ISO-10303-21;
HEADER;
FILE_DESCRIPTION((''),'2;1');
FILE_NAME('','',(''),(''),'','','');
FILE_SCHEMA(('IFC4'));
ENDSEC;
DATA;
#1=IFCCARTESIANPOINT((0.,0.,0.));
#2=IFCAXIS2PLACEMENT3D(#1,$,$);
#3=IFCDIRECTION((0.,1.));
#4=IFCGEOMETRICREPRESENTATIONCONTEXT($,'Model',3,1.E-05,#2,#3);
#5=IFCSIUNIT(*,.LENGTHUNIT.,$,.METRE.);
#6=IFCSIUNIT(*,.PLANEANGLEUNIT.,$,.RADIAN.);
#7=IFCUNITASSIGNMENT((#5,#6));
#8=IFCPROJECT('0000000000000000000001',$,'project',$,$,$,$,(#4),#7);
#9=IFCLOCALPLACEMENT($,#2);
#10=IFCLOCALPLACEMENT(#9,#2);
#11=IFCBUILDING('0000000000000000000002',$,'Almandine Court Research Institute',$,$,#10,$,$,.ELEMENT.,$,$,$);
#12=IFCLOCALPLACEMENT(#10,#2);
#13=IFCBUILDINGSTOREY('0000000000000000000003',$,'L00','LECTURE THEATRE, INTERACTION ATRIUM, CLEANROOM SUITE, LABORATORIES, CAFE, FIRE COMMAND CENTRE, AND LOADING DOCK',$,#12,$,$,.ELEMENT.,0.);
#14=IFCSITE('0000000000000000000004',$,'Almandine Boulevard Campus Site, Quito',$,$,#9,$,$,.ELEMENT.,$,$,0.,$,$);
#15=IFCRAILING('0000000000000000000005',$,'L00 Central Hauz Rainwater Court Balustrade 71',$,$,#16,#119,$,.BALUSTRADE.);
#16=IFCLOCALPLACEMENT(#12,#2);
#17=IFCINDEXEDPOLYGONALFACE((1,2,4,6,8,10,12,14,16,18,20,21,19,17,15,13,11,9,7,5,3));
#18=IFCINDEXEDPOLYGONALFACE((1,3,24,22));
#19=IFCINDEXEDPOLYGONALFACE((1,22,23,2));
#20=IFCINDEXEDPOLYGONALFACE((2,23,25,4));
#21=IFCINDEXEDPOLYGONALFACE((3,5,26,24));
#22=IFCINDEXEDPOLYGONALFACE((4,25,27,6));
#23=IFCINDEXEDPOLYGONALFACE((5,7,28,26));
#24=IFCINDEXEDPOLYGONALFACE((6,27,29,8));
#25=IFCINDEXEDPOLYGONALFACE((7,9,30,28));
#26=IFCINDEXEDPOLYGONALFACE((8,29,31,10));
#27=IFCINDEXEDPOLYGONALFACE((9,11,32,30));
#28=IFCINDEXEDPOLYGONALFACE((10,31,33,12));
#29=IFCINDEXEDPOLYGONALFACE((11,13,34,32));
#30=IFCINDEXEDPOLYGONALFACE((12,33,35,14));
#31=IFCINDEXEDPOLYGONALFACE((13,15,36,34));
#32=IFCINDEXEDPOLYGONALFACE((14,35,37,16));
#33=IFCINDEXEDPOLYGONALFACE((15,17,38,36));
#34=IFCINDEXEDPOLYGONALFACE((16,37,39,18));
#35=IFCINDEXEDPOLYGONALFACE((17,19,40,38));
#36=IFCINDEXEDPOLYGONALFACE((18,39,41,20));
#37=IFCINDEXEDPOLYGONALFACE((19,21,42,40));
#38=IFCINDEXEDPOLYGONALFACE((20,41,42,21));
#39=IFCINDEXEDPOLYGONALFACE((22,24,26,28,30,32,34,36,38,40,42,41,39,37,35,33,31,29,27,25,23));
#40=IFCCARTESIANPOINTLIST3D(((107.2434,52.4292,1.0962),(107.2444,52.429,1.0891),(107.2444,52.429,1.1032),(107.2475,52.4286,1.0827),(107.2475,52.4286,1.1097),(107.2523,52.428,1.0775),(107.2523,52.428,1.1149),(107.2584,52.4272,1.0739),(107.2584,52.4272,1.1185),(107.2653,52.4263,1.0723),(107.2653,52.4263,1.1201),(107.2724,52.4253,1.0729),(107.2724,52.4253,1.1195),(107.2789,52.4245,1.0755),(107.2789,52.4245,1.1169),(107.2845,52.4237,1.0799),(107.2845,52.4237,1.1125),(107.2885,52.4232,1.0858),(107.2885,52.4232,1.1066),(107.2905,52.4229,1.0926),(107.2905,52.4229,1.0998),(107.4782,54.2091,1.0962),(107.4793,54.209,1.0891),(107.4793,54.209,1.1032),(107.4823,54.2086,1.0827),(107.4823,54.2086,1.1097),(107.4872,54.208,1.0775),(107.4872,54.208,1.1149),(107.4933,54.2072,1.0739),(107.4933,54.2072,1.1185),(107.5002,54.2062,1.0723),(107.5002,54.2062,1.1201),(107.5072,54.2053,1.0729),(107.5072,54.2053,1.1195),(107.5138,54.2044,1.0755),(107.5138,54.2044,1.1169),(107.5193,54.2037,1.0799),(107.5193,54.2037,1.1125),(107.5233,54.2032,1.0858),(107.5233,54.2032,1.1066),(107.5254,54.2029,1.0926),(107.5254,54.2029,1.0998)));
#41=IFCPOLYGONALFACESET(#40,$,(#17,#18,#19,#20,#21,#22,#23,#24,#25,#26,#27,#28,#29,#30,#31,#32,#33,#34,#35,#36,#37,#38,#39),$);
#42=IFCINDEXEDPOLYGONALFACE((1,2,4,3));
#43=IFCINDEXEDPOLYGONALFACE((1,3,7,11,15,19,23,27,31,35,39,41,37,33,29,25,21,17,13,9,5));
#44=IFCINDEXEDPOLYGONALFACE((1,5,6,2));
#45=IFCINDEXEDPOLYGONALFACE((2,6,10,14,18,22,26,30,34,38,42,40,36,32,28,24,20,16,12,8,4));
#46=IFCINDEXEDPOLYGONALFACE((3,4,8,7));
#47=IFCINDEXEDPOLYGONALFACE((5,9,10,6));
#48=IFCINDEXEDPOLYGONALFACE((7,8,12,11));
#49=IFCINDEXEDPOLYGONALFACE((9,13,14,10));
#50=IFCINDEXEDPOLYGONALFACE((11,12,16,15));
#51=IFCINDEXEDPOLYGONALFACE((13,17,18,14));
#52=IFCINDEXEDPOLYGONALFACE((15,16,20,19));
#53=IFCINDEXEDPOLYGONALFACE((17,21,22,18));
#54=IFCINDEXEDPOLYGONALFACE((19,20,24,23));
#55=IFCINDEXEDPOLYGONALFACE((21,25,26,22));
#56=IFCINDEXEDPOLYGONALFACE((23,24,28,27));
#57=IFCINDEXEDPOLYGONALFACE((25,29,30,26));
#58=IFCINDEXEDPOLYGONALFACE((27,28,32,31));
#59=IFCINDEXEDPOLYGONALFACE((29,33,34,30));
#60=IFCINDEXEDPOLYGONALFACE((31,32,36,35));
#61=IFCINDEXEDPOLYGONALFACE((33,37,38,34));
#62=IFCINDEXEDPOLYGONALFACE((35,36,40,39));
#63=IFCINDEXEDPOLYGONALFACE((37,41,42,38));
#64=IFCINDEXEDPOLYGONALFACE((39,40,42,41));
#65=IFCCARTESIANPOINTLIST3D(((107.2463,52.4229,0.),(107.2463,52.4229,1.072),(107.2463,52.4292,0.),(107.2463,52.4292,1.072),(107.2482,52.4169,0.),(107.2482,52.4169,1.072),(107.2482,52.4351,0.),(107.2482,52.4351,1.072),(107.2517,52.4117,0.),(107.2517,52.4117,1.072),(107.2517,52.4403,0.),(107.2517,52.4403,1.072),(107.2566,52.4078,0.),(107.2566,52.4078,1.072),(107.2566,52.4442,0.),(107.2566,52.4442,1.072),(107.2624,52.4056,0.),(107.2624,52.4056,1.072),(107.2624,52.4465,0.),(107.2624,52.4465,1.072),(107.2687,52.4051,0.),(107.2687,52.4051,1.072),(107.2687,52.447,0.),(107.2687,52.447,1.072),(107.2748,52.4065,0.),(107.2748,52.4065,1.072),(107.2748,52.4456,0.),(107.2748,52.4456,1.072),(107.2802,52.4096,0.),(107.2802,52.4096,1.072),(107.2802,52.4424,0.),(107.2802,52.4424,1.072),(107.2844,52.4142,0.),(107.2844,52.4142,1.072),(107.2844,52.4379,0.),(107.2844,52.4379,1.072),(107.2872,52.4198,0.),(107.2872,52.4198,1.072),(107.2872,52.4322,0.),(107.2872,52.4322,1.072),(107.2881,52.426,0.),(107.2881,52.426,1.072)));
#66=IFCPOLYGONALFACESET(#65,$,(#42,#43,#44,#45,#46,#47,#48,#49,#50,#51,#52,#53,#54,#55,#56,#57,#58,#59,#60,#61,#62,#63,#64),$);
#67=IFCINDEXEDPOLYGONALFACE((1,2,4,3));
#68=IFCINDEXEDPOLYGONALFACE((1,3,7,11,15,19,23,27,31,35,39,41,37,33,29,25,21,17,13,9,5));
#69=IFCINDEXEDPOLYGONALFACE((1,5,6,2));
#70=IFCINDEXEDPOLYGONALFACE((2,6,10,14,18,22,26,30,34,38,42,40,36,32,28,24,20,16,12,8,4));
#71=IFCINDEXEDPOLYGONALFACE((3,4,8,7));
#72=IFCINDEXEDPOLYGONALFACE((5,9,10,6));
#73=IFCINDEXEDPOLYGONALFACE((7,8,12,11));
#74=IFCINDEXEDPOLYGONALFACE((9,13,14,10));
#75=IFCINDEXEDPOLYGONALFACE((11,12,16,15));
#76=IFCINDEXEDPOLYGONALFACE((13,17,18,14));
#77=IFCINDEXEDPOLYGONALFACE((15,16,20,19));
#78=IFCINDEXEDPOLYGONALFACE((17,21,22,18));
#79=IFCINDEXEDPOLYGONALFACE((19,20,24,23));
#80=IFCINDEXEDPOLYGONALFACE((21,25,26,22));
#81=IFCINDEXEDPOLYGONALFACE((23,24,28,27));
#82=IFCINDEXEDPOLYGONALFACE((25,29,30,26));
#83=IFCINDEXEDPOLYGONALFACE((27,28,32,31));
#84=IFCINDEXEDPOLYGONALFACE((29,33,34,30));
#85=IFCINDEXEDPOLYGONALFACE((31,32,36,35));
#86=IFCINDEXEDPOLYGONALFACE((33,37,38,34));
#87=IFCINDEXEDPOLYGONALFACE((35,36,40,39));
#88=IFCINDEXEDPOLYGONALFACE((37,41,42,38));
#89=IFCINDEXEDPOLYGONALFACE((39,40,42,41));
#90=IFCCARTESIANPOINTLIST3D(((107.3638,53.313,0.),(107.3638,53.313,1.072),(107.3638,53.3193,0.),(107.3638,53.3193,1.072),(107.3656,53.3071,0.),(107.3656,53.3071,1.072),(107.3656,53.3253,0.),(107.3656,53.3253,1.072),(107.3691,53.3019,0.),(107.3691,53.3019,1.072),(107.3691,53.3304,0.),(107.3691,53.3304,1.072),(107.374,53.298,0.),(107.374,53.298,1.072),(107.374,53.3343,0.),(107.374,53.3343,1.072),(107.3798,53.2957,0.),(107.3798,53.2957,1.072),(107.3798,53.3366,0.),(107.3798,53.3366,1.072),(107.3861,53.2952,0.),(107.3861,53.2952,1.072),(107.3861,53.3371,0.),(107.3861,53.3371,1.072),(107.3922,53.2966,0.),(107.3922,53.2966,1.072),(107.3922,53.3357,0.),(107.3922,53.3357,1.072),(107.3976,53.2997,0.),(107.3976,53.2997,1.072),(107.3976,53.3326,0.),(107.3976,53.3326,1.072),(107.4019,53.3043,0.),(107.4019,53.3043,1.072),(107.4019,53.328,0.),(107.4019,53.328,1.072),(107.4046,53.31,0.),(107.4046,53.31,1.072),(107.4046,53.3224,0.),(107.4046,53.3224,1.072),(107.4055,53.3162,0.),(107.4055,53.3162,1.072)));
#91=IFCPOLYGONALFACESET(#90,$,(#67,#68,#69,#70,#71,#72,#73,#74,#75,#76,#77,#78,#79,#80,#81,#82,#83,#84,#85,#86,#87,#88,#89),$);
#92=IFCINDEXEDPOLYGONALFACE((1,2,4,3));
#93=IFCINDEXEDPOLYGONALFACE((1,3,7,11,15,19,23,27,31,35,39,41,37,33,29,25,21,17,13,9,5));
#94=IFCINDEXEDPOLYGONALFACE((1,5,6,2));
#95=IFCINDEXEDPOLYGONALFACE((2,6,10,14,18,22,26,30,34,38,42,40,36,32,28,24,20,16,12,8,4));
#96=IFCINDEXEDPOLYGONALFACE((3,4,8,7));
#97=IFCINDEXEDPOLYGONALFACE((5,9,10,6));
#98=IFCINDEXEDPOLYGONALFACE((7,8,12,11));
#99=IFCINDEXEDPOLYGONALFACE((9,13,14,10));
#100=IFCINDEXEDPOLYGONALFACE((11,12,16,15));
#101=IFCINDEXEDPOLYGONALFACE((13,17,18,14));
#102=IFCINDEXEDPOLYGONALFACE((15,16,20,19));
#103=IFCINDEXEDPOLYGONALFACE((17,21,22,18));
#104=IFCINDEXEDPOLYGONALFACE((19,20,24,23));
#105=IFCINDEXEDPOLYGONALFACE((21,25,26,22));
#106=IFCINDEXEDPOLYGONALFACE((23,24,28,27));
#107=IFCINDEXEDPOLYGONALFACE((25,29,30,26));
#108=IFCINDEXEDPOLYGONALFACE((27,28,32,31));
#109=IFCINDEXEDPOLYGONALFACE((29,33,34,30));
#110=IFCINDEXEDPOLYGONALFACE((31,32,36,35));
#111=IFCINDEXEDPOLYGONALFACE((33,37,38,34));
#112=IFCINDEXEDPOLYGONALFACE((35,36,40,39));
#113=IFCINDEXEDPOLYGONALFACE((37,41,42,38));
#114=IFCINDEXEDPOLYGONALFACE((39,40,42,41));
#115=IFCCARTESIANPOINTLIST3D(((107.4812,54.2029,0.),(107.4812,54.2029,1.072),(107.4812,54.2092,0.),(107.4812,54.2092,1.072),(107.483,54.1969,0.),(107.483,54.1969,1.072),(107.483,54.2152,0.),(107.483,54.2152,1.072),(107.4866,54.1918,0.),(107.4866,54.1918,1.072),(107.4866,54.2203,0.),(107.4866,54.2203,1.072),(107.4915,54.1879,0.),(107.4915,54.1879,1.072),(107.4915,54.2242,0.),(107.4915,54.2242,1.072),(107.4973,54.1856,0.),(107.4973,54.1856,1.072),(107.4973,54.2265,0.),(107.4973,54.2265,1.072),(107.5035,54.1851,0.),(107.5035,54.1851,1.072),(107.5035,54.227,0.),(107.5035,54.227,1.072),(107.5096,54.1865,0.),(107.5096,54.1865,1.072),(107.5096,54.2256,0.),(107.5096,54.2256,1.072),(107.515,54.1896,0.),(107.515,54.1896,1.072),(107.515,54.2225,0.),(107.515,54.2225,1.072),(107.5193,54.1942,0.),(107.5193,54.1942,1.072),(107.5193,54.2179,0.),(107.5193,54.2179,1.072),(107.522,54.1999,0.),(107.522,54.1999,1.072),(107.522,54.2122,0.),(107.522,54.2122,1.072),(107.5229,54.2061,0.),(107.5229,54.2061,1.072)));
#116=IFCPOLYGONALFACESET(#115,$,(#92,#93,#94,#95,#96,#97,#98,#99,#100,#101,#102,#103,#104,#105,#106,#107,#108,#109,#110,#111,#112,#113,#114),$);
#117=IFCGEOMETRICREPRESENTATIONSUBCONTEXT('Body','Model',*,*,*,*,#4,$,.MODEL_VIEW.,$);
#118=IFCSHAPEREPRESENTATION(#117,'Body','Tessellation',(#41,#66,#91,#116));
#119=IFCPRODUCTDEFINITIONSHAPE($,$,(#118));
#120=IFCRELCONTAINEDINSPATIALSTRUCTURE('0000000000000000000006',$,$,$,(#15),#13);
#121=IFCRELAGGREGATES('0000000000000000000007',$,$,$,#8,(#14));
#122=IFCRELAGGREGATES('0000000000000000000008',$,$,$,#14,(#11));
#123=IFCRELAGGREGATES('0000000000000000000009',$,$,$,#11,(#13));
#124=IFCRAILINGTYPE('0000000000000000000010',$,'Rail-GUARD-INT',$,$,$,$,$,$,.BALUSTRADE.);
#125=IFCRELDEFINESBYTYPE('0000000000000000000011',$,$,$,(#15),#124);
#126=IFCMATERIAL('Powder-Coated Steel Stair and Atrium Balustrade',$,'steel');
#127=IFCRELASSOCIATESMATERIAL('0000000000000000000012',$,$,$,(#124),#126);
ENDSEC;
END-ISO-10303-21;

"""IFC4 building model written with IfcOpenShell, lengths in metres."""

from ifc_helpers import new_model, si_unit, direction, frame, origin, origin_2d, place, context, subcontext, project, spatial, circle, extrude, material, type_object, element, save


model = new_model("IFC4")

# Units and contexts
model_context = context("Model", 3, precision=1e-05, world=origin(), true_north=direction((0.0, 1.0)))
body_context = subcontext(model_context, "Body", "Model", "MODEL_VIEW")
ifc_project = project(units=[si_unit("LENGTHUNIT", "METRE"), si_unit("PLANEANGLEUNIT", "RADIAN")], contexts=[model_context])

# Site, building, storey
site_placement = place(None, origin())
site = spatial("IfcSite", under=ifc_project, at=site_placement, Name="Almandine Boulevard Campus Site, Quito", CompositionType="ELEMENT", RefElevation=0.0)
building_placement = place(site_placement, origin())
building = spatial("IfcBuilding", under=site, at=building_placement, Name="Almandine Court Research Institute", CompositionType="ELEMENT")
storey_placement = place(building_placement, origin())
storey = spatial("IfcBuildingStorey", under=building, at=storey_placement, Name="L00", Description="LECTURE THEATRE, INTERACTION ATRIUM, CLEANROOM SUITE, LABORATORIES, CAFE, FIRE COMMAND CENTRE, AND LOADING DOCK", CompositionType="ELEMENT", Elevation=0.0)

# Railing
ifc_material_1 = material(Name="Powder-Coated Steel Stair and Atrium Balustrade", Category="steel")
railing_type = type_object("IfcRailingType", Name="Rail-GUARD-INT", PredefinedType="BALUSTRADE", material=ifc_material_1)
railing_1_placement = place(storey_placement, frame((107.2671, 52.426, 0.0)))
element("IfcRailing", 1, at=railing_1_placement, inside=storey, type_object=railing_type, Name="L00 Central Hauz Rainwater Court Balustrade 71", PredefinedType="BALUSTRADE", context=body_context, shape_type="SweptSolid", body=[
    extrude(circle(Radius=0.0239, at=origin_2d()), frame((0.0, 0.0, 1.0962), z_axis=(0.13081, 0.991407, 0.0), x_axis=(-0.991407, 0.13081, 0.0)), (0.0, 0.0, 1.0), 1.7954),
    extrude(circle(Radius=0.021, at=origin_2d()), origin(), (0.0, 0.0, 1.0), 1.072),
    extrude(circle(Radius=0.021, at=origin_2d()), frame((0.1174, 0.8901, 0.0)), (0.0, 0.0, 1.0), 1.072),
    extrude(circle(Radius=0.021, at=origin_2d()), frame((0.2349, 1.78, 0.0)), (0.0, 0.0, 1.0), 1.072),
])

save(model, "model.ifc")
